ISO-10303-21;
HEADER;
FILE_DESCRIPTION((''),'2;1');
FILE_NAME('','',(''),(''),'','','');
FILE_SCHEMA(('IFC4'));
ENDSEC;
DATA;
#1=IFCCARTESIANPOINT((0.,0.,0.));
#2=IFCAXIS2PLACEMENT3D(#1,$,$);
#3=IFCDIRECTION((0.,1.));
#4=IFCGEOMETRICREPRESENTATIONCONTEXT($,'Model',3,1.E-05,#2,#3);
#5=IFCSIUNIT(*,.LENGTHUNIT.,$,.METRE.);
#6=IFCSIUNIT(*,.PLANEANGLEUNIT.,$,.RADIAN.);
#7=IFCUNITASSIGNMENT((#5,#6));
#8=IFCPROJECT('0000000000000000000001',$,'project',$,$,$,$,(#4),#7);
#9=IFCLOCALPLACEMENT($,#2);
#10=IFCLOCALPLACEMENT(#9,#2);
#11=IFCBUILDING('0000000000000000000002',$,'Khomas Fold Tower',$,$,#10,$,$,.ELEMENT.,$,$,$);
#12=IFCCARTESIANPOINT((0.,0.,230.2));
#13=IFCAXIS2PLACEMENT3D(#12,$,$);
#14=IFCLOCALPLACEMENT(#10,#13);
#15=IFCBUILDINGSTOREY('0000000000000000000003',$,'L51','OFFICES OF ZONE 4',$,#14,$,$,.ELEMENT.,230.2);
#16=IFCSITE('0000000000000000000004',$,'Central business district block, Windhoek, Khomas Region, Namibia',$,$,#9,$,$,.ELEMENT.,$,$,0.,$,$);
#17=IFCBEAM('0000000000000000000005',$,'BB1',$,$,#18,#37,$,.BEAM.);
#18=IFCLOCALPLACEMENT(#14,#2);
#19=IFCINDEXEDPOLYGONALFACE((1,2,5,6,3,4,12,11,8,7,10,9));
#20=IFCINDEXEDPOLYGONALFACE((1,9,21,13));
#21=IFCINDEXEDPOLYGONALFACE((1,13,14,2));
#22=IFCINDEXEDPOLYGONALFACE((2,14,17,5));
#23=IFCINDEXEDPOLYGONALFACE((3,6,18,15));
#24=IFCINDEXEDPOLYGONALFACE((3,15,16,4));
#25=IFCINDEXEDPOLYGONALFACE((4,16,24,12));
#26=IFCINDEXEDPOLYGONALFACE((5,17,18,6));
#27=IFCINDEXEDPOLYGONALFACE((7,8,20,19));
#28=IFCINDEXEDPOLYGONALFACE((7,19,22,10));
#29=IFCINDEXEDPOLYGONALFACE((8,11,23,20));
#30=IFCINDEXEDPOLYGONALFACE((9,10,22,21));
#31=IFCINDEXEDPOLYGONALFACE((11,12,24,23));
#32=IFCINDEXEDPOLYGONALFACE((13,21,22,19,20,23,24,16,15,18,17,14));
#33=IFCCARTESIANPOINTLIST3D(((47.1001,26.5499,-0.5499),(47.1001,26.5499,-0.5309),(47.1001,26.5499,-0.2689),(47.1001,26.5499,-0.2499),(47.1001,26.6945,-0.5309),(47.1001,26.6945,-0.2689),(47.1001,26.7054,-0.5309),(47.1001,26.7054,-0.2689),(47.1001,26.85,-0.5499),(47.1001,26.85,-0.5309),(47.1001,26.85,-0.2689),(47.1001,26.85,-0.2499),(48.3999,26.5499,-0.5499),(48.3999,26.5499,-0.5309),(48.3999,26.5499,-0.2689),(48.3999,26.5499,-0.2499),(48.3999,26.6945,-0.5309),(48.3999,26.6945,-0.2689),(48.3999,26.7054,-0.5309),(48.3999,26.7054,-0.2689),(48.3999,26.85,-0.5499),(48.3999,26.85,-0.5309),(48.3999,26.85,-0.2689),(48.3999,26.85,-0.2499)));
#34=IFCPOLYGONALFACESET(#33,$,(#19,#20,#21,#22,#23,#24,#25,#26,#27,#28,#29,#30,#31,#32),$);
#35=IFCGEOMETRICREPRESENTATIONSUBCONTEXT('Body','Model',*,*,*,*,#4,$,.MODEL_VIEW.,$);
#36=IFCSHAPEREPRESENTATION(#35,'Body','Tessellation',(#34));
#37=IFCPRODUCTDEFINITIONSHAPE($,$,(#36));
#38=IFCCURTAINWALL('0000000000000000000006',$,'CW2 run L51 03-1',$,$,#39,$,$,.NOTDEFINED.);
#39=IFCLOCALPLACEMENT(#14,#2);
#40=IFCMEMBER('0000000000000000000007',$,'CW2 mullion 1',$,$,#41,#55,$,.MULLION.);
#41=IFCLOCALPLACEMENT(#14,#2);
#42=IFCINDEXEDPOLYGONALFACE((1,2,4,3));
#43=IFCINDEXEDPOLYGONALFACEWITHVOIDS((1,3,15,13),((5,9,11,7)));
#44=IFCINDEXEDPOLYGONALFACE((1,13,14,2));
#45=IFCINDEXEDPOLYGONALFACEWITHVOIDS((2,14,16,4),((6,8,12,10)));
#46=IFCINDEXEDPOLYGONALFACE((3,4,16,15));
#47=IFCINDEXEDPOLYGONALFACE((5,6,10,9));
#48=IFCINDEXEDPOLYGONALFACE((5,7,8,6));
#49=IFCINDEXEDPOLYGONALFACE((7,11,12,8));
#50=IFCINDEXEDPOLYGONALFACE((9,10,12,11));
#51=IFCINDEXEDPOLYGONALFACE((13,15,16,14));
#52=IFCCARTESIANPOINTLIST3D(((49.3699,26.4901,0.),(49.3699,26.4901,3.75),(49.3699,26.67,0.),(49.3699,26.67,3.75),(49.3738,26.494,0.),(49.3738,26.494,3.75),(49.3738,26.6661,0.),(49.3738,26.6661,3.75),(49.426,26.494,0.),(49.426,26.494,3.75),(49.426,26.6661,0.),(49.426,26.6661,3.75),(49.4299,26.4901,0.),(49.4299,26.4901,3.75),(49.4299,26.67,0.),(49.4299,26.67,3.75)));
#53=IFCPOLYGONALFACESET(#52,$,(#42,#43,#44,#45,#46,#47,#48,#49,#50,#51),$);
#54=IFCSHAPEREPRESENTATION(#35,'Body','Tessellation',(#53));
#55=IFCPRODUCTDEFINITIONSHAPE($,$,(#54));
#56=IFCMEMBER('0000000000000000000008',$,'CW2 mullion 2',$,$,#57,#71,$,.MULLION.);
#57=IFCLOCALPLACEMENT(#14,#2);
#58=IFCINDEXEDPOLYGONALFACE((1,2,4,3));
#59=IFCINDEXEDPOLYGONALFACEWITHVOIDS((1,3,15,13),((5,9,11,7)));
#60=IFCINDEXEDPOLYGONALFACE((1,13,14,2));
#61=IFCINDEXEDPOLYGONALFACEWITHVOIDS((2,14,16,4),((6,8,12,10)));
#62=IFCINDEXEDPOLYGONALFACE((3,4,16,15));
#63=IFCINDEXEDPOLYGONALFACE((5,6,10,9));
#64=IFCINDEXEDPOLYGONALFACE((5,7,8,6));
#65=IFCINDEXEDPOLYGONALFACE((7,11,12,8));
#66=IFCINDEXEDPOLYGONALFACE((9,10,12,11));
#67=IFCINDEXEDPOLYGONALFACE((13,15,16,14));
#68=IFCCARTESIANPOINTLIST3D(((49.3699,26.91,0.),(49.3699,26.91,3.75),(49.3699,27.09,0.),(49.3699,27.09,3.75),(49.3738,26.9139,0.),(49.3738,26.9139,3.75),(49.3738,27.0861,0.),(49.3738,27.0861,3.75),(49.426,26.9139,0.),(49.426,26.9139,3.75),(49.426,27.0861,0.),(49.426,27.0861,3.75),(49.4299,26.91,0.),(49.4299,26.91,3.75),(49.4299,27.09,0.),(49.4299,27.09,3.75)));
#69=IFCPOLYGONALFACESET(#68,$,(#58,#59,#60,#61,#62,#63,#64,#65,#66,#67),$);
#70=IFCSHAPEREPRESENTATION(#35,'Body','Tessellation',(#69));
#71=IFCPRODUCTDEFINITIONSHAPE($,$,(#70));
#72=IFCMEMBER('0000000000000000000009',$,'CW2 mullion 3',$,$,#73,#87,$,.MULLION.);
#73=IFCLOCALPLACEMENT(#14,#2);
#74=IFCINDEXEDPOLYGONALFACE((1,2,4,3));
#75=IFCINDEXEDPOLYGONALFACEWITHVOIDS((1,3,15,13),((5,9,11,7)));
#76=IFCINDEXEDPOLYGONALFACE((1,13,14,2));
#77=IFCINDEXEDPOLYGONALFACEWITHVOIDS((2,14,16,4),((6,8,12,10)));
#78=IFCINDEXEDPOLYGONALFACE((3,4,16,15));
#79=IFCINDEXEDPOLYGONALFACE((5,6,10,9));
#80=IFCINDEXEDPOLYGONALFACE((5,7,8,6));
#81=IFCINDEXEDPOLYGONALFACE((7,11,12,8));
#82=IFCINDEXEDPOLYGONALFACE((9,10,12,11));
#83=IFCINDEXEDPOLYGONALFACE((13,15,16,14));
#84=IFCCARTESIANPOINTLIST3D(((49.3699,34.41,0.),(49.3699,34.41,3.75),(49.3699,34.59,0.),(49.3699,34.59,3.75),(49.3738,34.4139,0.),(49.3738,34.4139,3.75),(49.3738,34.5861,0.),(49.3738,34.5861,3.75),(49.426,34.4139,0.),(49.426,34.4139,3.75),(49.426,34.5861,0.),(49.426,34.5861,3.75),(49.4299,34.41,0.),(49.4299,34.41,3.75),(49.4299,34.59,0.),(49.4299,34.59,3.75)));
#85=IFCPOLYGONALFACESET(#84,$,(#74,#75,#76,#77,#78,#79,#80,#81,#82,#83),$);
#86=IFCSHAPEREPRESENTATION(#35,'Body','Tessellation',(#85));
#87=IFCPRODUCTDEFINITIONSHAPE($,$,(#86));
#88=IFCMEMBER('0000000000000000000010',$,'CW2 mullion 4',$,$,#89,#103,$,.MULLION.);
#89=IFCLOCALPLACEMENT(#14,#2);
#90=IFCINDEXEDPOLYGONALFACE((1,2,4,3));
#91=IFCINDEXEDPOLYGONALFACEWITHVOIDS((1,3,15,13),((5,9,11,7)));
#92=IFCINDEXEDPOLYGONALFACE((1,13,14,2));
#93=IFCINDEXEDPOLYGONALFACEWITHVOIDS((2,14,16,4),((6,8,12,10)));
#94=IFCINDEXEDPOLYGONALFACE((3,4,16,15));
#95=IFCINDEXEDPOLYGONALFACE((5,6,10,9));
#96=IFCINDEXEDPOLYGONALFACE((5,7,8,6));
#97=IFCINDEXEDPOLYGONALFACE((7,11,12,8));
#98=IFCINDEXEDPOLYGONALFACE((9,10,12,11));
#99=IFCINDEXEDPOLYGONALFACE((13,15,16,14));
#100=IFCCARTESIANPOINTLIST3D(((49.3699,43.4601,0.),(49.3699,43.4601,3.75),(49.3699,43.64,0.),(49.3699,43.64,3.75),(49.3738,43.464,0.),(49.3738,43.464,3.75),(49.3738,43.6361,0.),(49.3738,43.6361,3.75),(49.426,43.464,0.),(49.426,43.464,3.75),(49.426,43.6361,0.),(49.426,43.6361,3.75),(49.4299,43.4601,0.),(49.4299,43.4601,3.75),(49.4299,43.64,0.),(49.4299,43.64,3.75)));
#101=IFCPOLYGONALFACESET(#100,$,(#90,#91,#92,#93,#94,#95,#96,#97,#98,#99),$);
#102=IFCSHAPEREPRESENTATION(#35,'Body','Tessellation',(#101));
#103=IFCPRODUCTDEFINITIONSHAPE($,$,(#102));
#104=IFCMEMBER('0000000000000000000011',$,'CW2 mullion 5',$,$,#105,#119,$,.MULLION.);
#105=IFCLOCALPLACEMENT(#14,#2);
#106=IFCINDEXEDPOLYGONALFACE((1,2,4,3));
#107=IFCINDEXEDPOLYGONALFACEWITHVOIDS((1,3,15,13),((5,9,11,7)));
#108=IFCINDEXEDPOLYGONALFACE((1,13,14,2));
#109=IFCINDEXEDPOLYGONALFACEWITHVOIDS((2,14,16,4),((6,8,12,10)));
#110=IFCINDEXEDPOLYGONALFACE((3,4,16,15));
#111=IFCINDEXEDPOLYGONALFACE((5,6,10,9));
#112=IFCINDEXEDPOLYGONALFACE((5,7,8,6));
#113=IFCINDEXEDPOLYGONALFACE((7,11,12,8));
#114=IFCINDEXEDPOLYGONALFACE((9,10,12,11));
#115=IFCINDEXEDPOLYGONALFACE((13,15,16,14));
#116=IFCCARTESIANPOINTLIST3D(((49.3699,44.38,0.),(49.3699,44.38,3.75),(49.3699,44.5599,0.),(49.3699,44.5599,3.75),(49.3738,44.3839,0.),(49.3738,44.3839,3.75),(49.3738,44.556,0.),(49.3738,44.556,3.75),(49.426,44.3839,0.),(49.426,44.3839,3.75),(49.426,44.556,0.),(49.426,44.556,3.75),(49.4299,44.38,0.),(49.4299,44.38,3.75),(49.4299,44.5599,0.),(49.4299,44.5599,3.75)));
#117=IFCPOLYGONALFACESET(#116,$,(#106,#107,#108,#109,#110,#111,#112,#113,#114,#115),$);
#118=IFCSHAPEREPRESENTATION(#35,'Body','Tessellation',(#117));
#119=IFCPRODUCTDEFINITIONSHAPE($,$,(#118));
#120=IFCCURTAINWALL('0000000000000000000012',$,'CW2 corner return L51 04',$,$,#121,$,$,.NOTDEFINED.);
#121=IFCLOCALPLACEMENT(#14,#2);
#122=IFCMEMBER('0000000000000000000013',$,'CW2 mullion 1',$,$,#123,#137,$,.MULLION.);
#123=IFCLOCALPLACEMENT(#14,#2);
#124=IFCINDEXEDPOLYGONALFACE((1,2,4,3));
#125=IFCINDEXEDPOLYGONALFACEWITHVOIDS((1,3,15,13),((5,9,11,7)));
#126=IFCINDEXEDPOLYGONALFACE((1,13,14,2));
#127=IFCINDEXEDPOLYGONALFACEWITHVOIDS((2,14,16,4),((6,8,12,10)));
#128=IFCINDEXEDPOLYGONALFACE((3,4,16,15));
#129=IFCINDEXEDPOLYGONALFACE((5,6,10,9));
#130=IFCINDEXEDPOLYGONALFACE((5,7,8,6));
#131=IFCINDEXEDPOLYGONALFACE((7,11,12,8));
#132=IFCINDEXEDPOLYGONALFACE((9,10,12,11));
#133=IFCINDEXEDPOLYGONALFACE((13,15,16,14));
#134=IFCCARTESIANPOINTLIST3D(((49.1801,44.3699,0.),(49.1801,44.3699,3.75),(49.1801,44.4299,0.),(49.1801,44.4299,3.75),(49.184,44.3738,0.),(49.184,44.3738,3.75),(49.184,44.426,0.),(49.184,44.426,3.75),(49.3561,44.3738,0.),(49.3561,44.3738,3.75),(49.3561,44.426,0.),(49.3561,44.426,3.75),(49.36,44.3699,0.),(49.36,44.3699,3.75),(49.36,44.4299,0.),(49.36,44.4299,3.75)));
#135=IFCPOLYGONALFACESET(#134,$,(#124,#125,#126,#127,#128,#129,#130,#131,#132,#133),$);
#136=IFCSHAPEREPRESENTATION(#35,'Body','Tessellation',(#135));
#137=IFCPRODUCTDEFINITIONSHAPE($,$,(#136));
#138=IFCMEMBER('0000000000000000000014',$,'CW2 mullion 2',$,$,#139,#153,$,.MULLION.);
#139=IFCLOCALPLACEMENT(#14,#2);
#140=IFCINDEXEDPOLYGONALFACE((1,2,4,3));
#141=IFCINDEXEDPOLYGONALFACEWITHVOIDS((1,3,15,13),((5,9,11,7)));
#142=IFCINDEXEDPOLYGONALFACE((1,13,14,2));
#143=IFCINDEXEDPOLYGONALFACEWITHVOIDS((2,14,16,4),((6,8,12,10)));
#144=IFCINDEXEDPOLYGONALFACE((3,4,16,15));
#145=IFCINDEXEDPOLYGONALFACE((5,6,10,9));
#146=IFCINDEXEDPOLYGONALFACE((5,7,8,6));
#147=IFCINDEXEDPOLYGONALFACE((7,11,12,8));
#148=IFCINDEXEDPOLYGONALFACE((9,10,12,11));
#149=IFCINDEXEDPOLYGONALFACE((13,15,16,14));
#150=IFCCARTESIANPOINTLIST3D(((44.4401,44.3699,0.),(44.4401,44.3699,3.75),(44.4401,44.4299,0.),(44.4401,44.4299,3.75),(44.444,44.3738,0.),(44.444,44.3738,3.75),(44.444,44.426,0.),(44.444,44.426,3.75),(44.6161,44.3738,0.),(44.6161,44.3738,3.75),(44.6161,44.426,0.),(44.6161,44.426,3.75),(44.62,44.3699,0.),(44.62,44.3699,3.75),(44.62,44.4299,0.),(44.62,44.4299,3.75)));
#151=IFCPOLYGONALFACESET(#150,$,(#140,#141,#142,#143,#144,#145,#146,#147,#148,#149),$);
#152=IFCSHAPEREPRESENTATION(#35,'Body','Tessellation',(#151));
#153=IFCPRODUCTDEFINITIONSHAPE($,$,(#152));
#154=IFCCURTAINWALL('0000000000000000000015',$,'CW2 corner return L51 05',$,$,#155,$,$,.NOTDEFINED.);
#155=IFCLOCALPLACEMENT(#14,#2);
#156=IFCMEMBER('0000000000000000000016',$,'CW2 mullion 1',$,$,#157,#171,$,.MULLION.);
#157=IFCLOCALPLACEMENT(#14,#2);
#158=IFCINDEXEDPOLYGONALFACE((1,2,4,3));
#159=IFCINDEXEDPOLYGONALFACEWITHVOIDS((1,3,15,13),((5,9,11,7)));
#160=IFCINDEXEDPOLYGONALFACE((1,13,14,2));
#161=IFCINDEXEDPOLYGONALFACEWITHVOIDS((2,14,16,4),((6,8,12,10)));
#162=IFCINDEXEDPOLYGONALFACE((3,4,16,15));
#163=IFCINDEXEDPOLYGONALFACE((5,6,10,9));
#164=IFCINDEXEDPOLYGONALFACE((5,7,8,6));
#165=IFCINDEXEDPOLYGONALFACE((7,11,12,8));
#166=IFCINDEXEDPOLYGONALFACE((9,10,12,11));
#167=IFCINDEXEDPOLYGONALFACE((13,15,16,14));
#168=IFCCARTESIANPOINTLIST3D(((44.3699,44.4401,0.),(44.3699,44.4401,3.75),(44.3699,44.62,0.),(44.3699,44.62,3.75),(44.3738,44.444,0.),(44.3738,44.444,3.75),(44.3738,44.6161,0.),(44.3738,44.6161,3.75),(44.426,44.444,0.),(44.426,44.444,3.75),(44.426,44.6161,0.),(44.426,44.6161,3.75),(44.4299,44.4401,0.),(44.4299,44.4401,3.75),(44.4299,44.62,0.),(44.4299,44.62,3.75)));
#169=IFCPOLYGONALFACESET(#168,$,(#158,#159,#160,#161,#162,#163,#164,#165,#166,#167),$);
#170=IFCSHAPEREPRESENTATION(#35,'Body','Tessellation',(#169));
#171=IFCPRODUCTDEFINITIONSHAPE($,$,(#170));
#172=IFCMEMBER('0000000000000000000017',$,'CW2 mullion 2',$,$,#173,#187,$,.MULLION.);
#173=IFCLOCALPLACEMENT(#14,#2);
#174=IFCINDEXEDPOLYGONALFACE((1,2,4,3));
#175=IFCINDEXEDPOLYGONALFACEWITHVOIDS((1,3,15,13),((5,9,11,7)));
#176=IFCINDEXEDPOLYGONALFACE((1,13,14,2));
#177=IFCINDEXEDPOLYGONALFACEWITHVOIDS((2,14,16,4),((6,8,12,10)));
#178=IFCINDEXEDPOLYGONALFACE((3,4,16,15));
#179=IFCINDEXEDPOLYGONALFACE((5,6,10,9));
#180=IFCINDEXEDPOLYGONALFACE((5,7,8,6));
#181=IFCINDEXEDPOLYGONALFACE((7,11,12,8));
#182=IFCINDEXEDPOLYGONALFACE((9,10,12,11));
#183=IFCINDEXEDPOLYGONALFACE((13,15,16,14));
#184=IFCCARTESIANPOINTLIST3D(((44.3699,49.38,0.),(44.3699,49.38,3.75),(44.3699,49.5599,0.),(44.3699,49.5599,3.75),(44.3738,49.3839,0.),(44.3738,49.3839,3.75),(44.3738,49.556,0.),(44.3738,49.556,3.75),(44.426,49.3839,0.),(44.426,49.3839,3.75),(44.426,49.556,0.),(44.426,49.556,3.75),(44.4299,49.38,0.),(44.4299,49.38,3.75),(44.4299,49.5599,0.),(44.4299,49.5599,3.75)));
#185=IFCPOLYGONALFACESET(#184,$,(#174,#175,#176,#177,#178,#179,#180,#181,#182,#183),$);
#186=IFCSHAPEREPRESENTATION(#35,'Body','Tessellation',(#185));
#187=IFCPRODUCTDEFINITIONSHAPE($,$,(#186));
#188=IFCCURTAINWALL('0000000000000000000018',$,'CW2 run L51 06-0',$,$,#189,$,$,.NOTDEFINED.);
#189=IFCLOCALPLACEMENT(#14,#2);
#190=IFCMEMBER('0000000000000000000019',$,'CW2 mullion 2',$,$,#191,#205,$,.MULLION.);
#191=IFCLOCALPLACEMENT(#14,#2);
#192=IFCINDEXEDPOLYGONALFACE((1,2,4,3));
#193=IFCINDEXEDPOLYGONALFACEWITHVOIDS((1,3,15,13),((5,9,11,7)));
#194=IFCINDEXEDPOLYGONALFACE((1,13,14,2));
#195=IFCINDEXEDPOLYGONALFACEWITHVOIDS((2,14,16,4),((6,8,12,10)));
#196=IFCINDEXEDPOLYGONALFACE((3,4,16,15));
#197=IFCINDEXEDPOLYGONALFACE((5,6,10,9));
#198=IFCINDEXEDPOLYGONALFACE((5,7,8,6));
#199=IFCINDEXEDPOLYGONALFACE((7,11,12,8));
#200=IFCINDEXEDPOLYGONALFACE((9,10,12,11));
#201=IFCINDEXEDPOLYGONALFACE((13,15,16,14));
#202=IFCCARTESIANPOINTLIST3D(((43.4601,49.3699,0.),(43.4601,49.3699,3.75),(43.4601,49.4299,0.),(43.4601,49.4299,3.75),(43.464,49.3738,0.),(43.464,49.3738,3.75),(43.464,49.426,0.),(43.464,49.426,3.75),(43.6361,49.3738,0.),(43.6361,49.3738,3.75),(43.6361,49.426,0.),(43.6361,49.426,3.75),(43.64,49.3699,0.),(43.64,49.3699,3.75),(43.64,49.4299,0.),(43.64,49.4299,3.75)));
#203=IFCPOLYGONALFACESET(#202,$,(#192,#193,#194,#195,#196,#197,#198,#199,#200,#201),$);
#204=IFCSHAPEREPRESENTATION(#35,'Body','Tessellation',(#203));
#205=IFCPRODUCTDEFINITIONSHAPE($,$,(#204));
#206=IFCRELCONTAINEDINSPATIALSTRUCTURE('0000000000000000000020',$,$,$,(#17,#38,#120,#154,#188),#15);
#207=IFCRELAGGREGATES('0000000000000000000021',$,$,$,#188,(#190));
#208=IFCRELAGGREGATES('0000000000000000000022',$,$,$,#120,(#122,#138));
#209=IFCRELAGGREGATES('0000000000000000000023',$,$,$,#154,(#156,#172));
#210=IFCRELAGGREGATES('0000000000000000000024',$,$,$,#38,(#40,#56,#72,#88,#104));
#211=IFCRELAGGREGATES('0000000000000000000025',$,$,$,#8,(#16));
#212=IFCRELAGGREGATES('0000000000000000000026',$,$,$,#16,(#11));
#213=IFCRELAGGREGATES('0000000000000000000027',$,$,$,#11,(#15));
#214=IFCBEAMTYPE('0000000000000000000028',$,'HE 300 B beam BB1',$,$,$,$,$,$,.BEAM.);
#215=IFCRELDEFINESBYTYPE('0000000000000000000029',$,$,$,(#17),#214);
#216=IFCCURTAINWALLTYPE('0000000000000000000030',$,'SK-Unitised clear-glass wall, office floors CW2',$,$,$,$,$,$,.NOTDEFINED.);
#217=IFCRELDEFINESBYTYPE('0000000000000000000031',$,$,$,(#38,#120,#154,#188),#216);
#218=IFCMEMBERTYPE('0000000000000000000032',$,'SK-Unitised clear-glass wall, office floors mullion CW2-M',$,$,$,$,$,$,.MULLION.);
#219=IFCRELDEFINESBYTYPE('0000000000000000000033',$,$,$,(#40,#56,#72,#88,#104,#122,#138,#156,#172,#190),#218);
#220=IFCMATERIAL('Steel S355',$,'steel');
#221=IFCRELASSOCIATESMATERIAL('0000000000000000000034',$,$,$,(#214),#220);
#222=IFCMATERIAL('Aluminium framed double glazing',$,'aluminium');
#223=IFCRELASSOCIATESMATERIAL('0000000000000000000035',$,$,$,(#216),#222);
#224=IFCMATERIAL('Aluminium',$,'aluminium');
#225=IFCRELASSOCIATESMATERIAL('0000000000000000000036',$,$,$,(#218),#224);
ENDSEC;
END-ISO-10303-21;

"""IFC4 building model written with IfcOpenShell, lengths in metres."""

from ifc_helpers import new_model, si_unit, direction, frame, origin, origin_2d, place, context, subcontext, project, spatial, hollow_rectangle, i_section, extrude, source, transform, mapped, material, material_profile, profile_set, type_object, element, aggregate, save


model = new_model("IFC4")

# Units and contexts
model_context = context("Model", 3, precision=1e-05, world=origin(), true_north=direction((0.0, 1.0)))
body_context = subcontext(model_context, "Body", "Model", "MODEL_VIEW")
ifc_project = project(units=[si_unit("LENGTHUNIT", "METRE"), si_unit("PLANEANGLEUNIT", "RADIAN")], contexts=[model_context])

# Site, building, storey
site_placement = place(None, origin())
site = spatial("IfcSite", under=ifc_project, at=site_placement, Name="Central business district block, Windhoek, Khomas Region, Namibia", CompositionType="ELEMENT", RefElevation=0.0)
building_placement = place(site_placement, origin())
building = spatial("IfcBuilding", under=site, at=building_placement, Name="Khomas Fold Tower", CompositionType="ELEMENT")
storey_placement = place(building_placement, frame((0.0, 0.0, 230.2)))
storey = spatial("IfcBuildingStorey", under=building, at=storey_placement, Name="L51", Description="OFFICES OF ZONE 4", CompositionType="ELEMENT", Elevation=230.2)

# Beam
ifc_material_1 = material(Name="Steel S355", Category="steel")
ifc_material_profile_1 = material_profile(ifc_material_1, i_section(OverallWidth=0.3, OverallDepth=0.3, WebThickness=0.011, FlangeThickness=0.019, at=origin_2d()), Name="HE 300 B")
ifc_profile_set_1 = profile_set([ifc_material_profile_1], Name="Steel S355")
beam_type_1 = type_object("IfcBeamType", Name="HE 300 B beam BB1", PredefinedType="BEAM", material=ifc_profile_set_1)
shared_shape_1 = source(origin(), body_context, "Body", "SweptSolid", [
    extrude(i_section(OverallWidth=0.3, OverallDepth=0.3, WebThickness=0.011, FlangeThickness=0.019, at=origin_2d()), origin(), (0.0, 0.0, 1.0), 1.2998),
])
beam_1_placement = place(storey_placement, frame((47.1001, 26.7, -0.3999), z_axis=(1.0, 0.0, 0.0), x_axis=(0.0, 1.0, 0.0)))
element("IfcBeam", 1, at=beam_1_placement, inside=storey, type_object=beam_type_1, Name="BB1", PredefinedType="BEAM", context=body_context, shape_type="MappedRepresentation", body=[
    mapped(shared_shape_1, transform((0.0, 0.0, 0.0))),
])

# Curtain walls, members
ifc_material_2 = material(Name="Aluminium framed double glazing", Category="aluminium")
curtain_wall_type = type_object("IfcCurtainWallType", Name="SK-Unitised clear-glass wall, office floors CW2", PredefinedType="NOTDEFINED", material=ifc_material_2)
curtain_wall_1_placement = place(storey_placement, origin())
curtain_wall_1 = element("IfcCurtainWall", 2, at=curtain_wall_1_placement, inside=storey, type_object=curtain_wall_type, Name="CW2 run L51 03-1", PredefinedType="NOTDEFINED")
ifc_material_3 = material(Name="Aluminium", Category="aluminium")
ifc_material_profile_2 = material_profile(ifc_material_3, hollow_rectangle(XDim=0.0601, YDim=0.1799, WallThickness=0.0039, at=origin_2d()), Name="SK-Unitised clear-glass wall, office floors mullion CW2-M")
ifc_profile_set_2 = profile_set([ifc_material_profile_2], Name="Aluminium")
member_type_1 = type_object("IfcMemberType", Name="SK-Unitised clear-glass wall, office floors mullion CW2-M", PredefinedType="MULLION", material=ifc_profile_set_2)
shared_shape_2 = source(origin(), body_context, "Body", "SweptSolid", [
    extrude(hollow_rectangle(XDim=0.0601, YDim=0.1799, WallThickness=0.0039, at=origin_2d()), origin(), (0.0, 0.0, 1.0), 3.75),
])
member_1_placement = place(storey_placement, frame((49.3999, 26.5801, 0.0), z_axis=(0.0, 0.0, 1.0), x_axis=(-1.0, 0.0, 0.0)))
member_1 = element("IfcMember", 3, at=member_1_placement, type_object=member_type_1, Name="CW2 mullion 1", PredefinedType="MULLION", context=body_context, shape_type="MappedRepresentation", body=[
    mapped(shared_shape_2, transform((0.0, 0.0, 0.0))),
])
member_2_placement = place(storey_placement, frame((49.3999, 27.0, 0.0), z_axis=(0.0, 0.0, 1.0), x_axis=(-1.0, 0.0, 0.0)))
member_2 = element("IfcMember", 4, at=member_2_placement, type_object=member_type_1, Name="CW2 mullion 2", PredefinedType="MULLION", context=body_context, shape_type="MappedRepresentation", body=[
    mapped(shared_shape_2, transform((0.0, 0.0, 0.0))),
])
member_3_placement = place(storey_placement, frame((49.3999, 34.5, 0.0), z_axis=(0.0, 0.0, 1.0), x_axis=(-1.0, 0.0, 0.0)))
member_3 = element("IfcMember", 5, at=member_3_placement, type_object=member_type_1, Name="CW2 mullion 3", PredefinedType="MULLION", context=body_context, shape_type="MappedRepresentation", body=[
    mapped(shared_shape_2, transform((0.0, 0.0, 0.0))),
])
member_4_placement = place(storey_placement, frame((49.3999, 43.55, 0.0), z_axis=(0.0, 0.0, 1.0), x_axis=(-1.0, 0.0, 0.0)))
member_4 = element("IfcMember", 6, at=member_4_placement, type_object=member_type_1, Name="CW2 mullion 4", PredefinedType="MULLION", context=body_context, shape_type="MappedRepresentation", body=[
    mapped(shared_shape_2, transform((0.0, 0.0, 0.0))),
])
member_5_placement = place(storey_placement, frame((49.3999, 44.47, 0.0), z_axis=(0.0, 0.0, 1.0), x_axis=(-1.0, 0.0, 0.0)))
member_5 = element("IfcMember", 7, at=member_5_placement, type_object=member_type_1, Name="CW2 mullion 5", PredefinedType="MULLION", context=body_context, shape_type="MappedRepresentation", body=[
    mapped(shared_shape_2, transform((0.0, 0.0, 0.0))),
])
curtain_wall_2_placement = place(storey_placement, origin())
curtain_wall_2 = element("IfcCurtainWall", 8, at=curtain_wall_2_placement, inside=storey, type_object=curtain_wall_type, Name="CW2 corner return L51 04", PredefinedType="NOTDEFINED")
member_6_placement = place(storey_placement, frame((49.27, 44.3999, 0.0), z_axis=(0.0, 0.0, 1.0), x_axis=(0.0, -1.0, 0.0)))
member_6 = element("IfcMember", 9, at=member_6_placement, type_object=member_type_1, Name="CW2 mullion 1", PredefinedType="MULLION", context=body_context, shape_type="MappedRepresentation", body=[
    mapped(shared_shape_2, transform((0.0, 0.0, 0.0))),
])
member_7_placement = place(storey_placement, frame((44.53, 44.3999, 0.0), z_axis=(0.0, 0.0, 1.0), x_axis=(0.0, -1.0, 0.0)))
member_7 = element("IfcMember", 10, at=member_7_placement, type_object=member_type_1, Name="CW2 mullion 2", PredefinedType="MULLION", context=body_context, shape_type="MappedRepresentation", body=[
    mapped(shared_shape_2, transform((0.0, 0.0, 0.0))),
])
curtain_wall_3_placement = place(storey_placement, origin())
curtain_wall_3 = element("IfcCurtainWall", 11, at=curtain_wall_3_placement, inside=storey, type_object=curtain_wall_type, Name="CW2 corner return L51 05", PredefinedType="NOTDEFINED")
member_8_placement = place(storey_placement, frame((44.3999, 44.53, 0.0), z_axis=(0.0, 0.0, 1.0), x_axis=(-1.0, 0.0, 0.0)))
member_8 = element("IfcMember", 12, at=member_8_placement, type_object=member_type_1, Name="CW2 mullion 1", PredefinedType="MULLION", context=body_context, shape_type="MappedRepresentation", body=[
    mapped(shared_shape_2, transform((0.0, 0.0, 0.0))),
])
member_9_placement = place(storey_placement, frame((44.3999, 49.47, 0.0), z_axis=(0.0, 0.0, 1.0), x_axis=(-1.0, 0.0, 0.0)))
member_9 = element("IfcMember", 13, at=member_9_placement, type_object=member_type_1, Name="CW2 mullion 2", PredefinedType="MULLION", context=body_context, shape_type="MappedRepresentation", body=[
    mapped(shared_shape_2, transform((0.0, 0.0, 0.0))),
])
curtain_wall_4_placement = place(storey_placement, origin())
curtain_wall_4 = element("IfcCurtainWall", 14, at=curtain_wall_4_placement, inside=storey, type_object=curtain_wall_type, Name="CW2 run L51 06-0", PredefinedType="NOTDEFINED")
member_10_placement = place(storey_placement, frame((43.55, 49.3999, 0.0), z_axis=(0.0, 0.0, 1.0), x_axis=(0.0, -1.0, 0.0)))
member_10 = element("IfcMember", 15, at=member_10_placement, type_object=member_type_1, Name="CW2 mullion 2", PredefinedType="MULLION", context=body_context, shape_type="MappedRepresentation", body=[
    mapped(shared_shape_2, transform((0.0, 0.0, 0.0))),
])

aggregate(curtain_wall_4, [member_10])
aggregate(curtain_wall_2, [member_6, member_7])
aggregate(curtain_wall_3, [member_8, member_9])
aggregate(curtain_wall_1, [member_1, member_2, member_3, member_4, member_5])

save(model, "model.ifc")
